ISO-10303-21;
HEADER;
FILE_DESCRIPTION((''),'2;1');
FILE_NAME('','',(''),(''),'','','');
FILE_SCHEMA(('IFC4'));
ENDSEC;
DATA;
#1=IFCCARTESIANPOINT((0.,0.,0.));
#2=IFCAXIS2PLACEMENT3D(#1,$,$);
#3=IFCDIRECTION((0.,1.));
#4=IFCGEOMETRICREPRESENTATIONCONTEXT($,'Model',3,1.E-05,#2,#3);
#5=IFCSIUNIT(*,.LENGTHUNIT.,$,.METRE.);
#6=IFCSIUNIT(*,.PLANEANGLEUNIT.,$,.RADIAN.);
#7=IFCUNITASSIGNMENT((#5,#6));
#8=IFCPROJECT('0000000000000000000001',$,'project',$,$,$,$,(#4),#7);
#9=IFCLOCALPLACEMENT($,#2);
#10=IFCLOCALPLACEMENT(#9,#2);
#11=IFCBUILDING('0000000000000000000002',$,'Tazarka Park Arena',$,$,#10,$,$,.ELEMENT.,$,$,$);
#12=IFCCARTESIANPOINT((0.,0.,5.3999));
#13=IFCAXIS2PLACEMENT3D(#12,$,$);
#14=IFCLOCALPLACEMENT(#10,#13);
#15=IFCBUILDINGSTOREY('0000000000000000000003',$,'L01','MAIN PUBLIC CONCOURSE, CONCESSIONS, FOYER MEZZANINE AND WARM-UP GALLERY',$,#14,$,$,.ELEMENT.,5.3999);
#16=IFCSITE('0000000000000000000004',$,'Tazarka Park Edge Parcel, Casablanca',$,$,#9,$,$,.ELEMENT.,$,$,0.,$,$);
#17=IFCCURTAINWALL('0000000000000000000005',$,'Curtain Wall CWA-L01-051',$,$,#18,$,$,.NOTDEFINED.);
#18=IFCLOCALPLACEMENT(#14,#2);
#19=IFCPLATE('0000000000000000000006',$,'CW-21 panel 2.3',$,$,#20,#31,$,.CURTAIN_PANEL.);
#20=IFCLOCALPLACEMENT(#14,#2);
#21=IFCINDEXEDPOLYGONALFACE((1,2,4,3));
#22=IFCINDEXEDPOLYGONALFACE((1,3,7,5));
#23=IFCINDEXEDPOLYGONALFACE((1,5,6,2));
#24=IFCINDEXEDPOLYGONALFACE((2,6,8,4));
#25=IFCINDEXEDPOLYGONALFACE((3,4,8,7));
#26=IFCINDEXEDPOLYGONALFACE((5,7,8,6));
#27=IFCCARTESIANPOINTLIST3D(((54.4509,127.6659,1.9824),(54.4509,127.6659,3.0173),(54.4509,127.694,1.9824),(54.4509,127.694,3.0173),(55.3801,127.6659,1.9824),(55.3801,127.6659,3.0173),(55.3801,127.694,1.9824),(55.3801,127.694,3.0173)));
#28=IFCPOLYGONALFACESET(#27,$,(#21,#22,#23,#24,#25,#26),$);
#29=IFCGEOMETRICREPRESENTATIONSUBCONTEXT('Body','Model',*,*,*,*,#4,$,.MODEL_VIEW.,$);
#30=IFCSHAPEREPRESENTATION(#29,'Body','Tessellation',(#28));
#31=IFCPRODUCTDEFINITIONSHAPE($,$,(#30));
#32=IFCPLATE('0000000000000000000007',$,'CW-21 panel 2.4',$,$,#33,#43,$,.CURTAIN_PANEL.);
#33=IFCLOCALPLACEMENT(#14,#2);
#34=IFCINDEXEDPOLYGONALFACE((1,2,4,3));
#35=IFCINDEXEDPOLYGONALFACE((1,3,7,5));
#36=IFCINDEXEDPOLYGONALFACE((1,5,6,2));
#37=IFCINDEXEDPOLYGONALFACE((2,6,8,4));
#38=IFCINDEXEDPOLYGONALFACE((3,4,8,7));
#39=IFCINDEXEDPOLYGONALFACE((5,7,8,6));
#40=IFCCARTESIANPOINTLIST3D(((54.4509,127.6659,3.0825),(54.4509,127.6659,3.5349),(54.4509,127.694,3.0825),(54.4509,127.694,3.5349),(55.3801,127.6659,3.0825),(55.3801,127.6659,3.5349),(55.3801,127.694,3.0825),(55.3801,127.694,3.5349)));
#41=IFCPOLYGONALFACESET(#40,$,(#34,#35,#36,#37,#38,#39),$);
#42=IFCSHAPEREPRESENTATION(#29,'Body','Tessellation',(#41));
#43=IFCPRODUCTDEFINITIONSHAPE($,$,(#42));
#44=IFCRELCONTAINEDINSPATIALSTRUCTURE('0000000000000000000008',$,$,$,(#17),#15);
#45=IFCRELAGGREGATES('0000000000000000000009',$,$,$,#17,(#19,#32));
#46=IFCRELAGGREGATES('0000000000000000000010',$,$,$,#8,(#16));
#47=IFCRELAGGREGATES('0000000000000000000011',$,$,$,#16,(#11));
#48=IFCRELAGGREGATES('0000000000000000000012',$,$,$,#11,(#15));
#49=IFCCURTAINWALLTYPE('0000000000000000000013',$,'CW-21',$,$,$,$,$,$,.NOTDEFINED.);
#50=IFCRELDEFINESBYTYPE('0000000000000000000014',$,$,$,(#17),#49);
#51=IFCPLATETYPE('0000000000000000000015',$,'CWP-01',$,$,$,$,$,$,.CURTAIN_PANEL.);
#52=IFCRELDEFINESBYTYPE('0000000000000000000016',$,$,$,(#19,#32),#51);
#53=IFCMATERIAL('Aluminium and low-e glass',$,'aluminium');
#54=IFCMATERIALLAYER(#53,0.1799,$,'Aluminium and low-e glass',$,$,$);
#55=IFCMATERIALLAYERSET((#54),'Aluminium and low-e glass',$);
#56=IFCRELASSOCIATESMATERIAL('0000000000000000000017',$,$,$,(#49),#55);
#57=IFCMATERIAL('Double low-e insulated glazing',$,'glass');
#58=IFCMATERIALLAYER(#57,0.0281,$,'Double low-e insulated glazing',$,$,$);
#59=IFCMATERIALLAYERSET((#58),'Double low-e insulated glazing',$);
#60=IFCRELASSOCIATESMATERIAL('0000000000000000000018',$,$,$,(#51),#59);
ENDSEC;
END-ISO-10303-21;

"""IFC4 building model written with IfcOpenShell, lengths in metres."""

from ifc_helpers import new_model, si_unit, direction, frame, origin, origin_2d, place, context, subcontext, project, spatial, rectangle, extrude, material, layer, layer_set, type_object, element, aggregate, save


model = new_model("IFC4")

# Units and contexts
model_context = context("Model", 3, precision=1e-05, world=origin(), true_north=direction((0.0, 1.0)))
body_context = subcontext(model_context, "Body", "Model", "MODEL_VIEW")
ifc_project = project(units=[si_unit("LENGTHUNIT", "METRE"), si_unit("PLANEANGLEUNIT", "RADIAN")], contexts=[model_context])

# Site, building, storey
site_placement = place(None, origin())
site = spatial("IfcSite", under=ifc_project, at=site_placement, Name="Tazarka Park Edge Parcel, Casablanca", CompositionType="ELEMENT", RefElevation=0.0)
building_placement = place(site_placement, origin())
building = spatial("IfcBuilding", under=site, at=building_placement, Name="Tazarka Park Arena", CompositionType="ELEMENT")
storey_placement = place(building_placement, frame((0.0, 0.0, 5.3999)))
storey = spatial("IfcBuildingStorey", under=building, at=storey_placement, Name="L01", Description="MAIN PUBLIC CONCOURSE, CONCESSIONS, FOYER MEZZANINE AND WARM-UP GALLERY", CompositionType="ELEMENT", Elevation=5.3999)

# Curtain wall
ifc_material_1 = material(Name="Aluminium and low-e glass", Category="aluminium")
ifc_layer_1 = layer(ifc_material_1, 0.1799, Name="Aluminium and low-e glass")
ifc_layer_set_1 = layer_set([ifc_layer_1], Name="Aluminium and low-e glass")
curtain_wall_type_1 = type_object("IfcCurtainWallType", Name="CW-21", PredefinedType="NOTDEFINED", material=ifc_layer_set_1)
curtain_wall_1_placement = place(storey_placement, origin())
curtain_wall_1 = element("IfcCurtainWall", 1, at=curtain_wall_1_placement, inside=storey, type_object=curtain_wall_type_1, Name="Curtain Wall CWA-L01-051", PredefinedType="NOTDEFINED")

# Plates
ifc_material_2 = material(Name="Double low-e insulated glazing", Category="glass")
ifc_layer_2 = layer(ifc_material_2, 0.0281, Name="Double low-e insulated glazing")
ifc_layer_set_2 = layer_set([ifc_layer_2], Name="Double low-e insulated glazing")
plate_type = type_object("IfcPlateType", Name="CWP-01", PredefinedType="CURTAIN_PANEL", material=ifc_layer_set_2)
plate_1_placement = place(storey_placement, frame((54.9155, 127.6799, 1.9824), z_axis=(0.0, 0.0, 1.0), x_axis=(1.0, 0.0, 0.0)))
plate_1 = element("IfcPlate", 2, at=plate_1_placement, type_object=plate_type, Name="CW-21 panel 2.3", PredefinedType="CURTAIN_PANEL", context=body_context, shape_type="SweptSolid", body=[
    extrude(rectangle(XDim=0.9292, YDim=0.0281, at=origin_2d()), origin(), (0.0, 0.0, 1.0), 1.0349),
])
plate_2_placement = place(storey_placement, frame((54.9155, 127.6799, 3.0825), z_axis=(0.0, 0.0, 1.0), x_axis=(1.0, 0.0, 0.0)))
plate_2 = element("IfcPlate", 3, at=plate_2_placement, type_object=plate_type, Name="CW-21 panel 2.4", PredefinedType="CURTAIN_PANEL", context=body_context, shape_type="SweptSolid", body=[
    extrude(rectangle(XDim=0.9292, YDim=0.0281, at=origin_2d()), origin(), (0.0, 0.0, 1.0), 0.4524),
])
aggregate(curtain_wall_1, [plate_1, plate_2])

save(model, "model.ifc")
